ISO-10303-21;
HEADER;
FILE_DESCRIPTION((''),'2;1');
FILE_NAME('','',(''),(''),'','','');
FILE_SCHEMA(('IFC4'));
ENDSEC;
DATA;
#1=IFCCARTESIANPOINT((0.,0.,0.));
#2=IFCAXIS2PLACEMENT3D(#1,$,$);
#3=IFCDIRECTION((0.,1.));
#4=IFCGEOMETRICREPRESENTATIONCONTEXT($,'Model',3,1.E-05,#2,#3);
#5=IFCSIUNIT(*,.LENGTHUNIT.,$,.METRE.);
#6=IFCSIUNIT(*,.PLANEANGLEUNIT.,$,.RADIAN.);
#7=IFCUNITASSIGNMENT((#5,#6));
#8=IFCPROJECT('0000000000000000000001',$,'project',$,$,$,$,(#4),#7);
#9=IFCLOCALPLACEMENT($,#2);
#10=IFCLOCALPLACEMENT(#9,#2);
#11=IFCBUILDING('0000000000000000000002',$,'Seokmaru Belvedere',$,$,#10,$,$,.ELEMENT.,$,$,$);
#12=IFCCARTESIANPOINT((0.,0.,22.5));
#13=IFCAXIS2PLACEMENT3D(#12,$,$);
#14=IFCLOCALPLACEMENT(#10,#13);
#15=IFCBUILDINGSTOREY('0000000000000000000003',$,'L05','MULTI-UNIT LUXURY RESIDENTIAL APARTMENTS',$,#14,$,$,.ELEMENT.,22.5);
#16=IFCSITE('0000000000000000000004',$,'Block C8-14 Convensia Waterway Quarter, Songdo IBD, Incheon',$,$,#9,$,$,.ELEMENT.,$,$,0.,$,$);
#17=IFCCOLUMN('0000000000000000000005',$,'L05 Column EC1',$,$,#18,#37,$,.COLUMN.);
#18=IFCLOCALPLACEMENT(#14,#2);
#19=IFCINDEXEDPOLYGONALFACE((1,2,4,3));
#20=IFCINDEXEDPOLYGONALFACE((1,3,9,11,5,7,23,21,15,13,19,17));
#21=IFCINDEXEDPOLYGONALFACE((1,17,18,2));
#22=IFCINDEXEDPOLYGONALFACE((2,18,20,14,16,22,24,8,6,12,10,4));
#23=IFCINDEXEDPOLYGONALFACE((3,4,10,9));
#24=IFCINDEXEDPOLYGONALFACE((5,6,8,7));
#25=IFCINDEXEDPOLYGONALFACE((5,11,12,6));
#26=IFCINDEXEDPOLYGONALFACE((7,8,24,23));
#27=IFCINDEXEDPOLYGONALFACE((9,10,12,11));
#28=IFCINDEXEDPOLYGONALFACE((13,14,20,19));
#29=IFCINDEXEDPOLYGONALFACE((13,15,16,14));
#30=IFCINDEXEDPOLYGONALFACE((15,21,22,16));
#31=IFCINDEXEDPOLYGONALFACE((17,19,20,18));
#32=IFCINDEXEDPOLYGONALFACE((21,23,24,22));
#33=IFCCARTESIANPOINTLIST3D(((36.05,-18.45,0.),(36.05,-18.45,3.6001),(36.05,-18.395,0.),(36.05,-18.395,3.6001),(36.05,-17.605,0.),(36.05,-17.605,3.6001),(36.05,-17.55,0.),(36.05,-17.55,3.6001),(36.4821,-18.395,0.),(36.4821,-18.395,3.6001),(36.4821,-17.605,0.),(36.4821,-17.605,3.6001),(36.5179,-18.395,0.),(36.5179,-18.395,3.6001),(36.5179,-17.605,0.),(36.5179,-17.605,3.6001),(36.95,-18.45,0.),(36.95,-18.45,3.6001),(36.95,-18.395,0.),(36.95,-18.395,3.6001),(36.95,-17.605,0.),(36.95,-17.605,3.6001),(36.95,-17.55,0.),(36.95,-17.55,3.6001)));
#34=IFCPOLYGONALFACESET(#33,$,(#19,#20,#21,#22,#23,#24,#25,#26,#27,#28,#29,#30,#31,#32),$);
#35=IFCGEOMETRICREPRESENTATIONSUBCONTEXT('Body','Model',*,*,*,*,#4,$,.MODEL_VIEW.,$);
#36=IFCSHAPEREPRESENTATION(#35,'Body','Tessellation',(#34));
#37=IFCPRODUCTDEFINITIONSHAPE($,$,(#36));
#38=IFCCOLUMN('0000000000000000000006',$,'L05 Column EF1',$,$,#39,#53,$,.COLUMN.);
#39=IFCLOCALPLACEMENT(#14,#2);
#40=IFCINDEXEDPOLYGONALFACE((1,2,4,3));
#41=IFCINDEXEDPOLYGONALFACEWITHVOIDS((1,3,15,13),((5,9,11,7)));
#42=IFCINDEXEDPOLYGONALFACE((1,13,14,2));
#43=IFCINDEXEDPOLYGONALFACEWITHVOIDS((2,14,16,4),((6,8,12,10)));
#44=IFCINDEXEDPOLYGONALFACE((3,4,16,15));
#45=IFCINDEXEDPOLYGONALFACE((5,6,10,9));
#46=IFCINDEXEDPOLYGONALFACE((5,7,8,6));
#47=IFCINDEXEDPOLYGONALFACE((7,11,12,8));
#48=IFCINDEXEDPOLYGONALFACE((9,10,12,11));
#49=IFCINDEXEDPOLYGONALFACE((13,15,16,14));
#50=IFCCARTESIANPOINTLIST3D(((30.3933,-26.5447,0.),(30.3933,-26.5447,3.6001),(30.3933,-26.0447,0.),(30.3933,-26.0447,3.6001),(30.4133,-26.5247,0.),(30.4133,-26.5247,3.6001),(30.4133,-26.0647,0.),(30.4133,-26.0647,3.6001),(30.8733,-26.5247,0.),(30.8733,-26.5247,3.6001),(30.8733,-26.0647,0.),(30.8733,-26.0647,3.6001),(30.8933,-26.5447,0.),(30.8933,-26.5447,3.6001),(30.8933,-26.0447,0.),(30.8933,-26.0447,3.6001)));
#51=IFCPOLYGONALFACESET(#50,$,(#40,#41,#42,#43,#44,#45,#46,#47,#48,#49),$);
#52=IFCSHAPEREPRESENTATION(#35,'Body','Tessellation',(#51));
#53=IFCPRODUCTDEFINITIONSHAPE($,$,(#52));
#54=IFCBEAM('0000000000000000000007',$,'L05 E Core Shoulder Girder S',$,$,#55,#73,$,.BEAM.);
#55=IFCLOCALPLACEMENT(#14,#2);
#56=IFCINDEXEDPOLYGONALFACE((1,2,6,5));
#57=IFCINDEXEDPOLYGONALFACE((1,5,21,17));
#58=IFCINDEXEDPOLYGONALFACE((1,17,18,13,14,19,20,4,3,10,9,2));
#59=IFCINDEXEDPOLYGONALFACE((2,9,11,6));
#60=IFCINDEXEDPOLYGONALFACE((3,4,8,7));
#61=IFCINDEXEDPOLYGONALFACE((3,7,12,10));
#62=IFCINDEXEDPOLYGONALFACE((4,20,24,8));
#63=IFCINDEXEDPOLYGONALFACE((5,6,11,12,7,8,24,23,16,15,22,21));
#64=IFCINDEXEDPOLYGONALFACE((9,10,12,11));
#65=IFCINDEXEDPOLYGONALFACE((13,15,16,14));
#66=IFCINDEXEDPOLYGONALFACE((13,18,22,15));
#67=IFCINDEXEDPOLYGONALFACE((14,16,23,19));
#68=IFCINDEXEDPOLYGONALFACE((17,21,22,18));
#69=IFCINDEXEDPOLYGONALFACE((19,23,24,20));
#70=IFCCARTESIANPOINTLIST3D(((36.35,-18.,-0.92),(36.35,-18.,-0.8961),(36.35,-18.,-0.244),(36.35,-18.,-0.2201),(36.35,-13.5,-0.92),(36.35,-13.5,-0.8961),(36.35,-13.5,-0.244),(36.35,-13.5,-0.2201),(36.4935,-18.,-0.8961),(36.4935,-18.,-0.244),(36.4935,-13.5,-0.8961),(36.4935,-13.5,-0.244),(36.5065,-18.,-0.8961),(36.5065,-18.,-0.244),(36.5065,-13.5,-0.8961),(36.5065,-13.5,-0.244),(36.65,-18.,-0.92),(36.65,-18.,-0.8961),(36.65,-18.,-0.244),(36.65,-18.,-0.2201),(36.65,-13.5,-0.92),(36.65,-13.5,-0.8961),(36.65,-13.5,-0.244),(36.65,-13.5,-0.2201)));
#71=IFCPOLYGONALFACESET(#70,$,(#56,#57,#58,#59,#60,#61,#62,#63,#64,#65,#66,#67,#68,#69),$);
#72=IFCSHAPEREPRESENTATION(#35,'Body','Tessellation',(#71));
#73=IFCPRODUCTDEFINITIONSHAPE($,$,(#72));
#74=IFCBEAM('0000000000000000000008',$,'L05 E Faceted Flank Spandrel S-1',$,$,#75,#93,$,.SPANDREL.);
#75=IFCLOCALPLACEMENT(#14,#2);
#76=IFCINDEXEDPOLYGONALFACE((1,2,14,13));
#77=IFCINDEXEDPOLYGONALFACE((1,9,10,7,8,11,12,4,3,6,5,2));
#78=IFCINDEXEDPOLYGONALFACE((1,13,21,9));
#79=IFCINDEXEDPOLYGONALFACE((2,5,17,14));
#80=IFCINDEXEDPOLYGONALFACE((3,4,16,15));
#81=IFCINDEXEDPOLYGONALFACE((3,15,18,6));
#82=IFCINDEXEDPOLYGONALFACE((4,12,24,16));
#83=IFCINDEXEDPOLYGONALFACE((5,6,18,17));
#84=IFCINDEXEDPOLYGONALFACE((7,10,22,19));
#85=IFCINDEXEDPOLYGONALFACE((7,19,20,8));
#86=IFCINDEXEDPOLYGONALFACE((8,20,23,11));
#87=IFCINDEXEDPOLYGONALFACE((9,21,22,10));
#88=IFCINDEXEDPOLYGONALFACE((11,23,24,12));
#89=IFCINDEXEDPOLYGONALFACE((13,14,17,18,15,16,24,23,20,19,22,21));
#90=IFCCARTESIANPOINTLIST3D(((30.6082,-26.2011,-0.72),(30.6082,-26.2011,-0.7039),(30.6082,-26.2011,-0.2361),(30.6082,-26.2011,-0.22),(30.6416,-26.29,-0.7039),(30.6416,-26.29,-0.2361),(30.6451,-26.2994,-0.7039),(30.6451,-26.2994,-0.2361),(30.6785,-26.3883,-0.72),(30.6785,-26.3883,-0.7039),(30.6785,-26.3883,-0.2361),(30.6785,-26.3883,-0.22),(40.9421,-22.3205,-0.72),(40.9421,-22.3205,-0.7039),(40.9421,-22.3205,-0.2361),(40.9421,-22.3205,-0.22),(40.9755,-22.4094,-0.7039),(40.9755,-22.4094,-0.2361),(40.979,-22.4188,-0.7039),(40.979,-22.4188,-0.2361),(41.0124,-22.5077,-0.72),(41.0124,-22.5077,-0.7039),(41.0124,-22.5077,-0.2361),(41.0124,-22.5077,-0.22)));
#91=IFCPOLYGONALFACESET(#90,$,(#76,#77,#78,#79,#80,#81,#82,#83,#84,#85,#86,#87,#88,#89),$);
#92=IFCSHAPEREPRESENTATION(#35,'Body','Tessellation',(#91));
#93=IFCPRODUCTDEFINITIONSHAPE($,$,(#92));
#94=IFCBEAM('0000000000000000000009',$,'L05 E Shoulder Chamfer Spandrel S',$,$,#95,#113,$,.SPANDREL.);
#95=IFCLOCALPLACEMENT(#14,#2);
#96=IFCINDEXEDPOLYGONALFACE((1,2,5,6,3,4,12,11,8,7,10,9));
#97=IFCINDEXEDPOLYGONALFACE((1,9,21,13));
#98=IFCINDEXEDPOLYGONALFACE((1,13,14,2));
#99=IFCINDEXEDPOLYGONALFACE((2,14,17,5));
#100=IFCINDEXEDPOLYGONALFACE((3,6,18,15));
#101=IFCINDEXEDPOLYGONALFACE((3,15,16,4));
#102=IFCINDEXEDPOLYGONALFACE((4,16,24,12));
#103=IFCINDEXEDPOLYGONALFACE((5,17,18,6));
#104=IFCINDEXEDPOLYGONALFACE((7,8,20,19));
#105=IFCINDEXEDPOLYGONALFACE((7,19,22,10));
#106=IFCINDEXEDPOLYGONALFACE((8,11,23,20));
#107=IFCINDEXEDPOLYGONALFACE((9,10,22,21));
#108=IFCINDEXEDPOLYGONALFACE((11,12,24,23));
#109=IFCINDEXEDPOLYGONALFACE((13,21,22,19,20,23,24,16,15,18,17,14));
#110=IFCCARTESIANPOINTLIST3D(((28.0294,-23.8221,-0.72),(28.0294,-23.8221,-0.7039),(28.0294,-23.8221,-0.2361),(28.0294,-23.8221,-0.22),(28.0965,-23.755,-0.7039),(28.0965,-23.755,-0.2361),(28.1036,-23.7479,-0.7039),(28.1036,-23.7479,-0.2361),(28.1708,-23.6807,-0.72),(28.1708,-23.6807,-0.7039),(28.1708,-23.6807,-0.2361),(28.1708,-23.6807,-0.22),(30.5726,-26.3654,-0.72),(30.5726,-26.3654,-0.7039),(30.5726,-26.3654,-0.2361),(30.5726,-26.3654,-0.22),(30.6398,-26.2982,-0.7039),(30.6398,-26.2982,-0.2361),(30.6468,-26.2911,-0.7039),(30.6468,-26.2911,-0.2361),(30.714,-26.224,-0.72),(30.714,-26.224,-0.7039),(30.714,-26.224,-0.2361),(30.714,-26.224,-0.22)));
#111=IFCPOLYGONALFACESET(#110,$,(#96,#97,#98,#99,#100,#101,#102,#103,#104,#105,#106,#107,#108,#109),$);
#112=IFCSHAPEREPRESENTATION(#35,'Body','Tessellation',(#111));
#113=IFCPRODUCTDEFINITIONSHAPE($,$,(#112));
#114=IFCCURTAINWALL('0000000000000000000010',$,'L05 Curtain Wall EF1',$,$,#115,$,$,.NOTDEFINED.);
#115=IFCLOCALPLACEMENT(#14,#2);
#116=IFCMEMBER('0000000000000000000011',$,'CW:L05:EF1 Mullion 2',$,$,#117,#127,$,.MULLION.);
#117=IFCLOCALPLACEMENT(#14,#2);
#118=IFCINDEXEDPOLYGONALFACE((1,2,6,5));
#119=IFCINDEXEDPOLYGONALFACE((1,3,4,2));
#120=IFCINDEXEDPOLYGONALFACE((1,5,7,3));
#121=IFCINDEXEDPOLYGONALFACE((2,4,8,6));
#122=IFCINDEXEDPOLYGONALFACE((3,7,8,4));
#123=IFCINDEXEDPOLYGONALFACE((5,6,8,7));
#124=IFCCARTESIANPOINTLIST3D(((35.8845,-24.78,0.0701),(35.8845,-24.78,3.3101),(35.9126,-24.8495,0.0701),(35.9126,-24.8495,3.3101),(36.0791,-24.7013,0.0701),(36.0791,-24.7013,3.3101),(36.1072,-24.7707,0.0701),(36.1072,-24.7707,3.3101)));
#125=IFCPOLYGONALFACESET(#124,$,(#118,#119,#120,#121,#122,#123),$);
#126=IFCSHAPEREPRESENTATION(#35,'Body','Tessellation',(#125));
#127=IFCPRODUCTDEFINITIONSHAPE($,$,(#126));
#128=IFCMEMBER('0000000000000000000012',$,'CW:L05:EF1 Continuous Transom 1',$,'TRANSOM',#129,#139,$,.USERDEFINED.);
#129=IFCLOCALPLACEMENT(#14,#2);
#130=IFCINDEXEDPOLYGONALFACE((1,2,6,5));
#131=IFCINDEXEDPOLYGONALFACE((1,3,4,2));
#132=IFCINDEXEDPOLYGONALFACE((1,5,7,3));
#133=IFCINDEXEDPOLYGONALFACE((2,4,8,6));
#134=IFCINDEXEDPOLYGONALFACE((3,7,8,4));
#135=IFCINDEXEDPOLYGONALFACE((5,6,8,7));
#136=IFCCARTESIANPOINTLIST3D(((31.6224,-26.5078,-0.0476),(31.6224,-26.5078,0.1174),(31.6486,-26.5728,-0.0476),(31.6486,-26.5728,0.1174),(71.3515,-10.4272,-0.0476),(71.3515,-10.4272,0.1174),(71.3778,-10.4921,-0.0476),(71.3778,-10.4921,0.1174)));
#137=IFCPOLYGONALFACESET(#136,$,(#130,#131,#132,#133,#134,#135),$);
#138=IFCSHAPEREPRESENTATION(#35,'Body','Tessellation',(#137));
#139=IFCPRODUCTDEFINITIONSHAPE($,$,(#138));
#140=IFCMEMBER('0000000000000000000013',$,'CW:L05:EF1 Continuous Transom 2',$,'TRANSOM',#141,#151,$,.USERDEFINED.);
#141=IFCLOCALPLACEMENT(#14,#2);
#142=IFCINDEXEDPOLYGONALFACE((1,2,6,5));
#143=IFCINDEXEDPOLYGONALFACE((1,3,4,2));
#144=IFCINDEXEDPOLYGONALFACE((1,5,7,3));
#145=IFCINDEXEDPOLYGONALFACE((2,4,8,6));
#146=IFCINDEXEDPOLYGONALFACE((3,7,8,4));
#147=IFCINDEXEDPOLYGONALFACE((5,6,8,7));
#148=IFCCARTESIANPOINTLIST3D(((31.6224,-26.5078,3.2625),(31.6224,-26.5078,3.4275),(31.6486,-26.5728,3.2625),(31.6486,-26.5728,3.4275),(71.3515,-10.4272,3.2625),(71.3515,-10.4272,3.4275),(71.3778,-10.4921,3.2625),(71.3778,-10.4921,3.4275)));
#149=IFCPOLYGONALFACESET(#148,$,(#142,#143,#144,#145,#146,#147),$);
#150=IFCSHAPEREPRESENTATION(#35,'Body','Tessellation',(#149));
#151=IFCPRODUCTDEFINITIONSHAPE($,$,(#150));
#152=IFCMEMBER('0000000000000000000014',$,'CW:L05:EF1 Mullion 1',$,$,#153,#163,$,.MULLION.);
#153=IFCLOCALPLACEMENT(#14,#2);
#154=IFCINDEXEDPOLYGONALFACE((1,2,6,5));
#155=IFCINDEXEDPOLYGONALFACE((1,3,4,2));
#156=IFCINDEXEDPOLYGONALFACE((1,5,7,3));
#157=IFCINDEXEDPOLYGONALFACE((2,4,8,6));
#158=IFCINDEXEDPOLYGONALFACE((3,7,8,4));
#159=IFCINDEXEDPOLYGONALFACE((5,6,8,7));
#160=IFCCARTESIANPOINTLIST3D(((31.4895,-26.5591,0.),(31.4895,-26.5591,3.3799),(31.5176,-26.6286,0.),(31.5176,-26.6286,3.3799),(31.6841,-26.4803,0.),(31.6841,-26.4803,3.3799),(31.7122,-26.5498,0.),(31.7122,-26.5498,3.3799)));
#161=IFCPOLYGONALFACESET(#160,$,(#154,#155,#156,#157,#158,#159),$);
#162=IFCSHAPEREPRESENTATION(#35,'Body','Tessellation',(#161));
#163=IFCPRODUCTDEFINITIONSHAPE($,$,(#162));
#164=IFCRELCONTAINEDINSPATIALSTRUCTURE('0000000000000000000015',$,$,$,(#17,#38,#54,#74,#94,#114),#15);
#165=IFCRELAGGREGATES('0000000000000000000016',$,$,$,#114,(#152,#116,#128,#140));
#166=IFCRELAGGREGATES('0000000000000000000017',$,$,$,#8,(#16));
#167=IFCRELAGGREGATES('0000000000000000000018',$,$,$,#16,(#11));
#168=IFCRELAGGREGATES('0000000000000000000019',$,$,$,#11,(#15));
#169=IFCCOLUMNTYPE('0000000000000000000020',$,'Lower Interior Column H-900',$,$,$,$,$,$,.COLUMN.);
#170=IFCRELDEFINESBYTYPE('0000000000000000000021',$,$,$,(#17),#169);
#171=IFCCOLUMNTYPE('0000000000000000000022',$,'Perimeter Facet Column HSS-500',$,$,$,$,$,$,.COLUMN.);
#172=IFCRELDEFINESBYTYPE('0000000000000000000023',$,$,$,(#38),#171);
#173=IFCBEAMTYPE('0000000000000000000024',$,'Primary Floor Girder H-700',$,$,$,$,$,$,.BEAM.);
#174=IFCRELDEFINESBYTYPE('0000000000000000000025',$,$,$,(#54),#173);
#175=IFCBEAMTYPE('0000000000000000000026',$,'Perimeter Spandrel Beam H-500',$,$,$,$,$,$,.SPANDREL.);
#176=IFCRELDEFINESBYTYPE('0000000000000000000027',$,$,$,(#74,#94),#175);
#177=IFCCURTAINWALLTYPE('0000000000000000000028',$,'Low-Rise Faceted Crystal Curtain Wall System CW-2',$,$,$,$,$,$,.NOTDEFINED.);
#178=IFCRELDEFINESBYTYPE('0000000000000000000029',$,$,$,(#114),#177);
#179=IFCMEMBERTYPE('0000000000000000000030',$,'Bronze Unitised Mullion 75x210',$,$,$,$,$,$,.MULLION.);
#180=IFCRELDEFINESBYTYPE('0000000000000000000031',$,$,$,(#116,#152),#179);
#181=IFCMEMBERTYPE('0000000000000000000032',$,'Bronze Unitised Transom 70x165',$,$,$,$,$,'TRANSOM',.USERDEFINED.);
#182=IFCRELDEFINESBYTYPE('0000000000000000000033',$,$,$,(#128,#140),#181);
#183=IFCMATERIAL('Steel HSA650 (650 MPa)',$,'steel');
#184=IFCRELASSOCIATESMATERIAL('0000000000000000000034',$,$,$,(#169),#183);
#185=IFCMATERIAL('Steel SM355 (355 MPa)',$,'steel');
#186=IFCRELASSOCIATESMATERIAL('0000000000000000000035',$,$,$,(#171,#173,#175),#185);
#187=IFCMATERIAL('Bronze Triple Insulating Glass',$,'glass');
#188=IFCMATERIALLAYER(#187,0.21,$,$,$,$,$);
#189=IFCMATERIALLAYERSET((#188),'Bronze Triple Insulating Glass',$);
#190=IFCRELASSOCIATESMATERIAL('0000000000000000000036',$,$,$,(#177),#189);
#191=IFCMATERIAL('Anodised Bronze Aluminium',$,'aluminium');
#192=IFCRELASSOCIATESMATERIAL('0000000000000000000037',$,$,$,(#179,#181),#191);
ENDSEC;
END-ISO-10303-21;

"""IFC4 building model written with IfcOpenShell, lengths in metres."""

from ifc_helpers import new_model, si_unit, direction, frame, origin, origin_2d, place, context, subcontext, project, spatial, rectangle, hollow_rectangle, i_section, extrude, source, transform, mapped, material, layer, layer_set, material_profile, profile_set, type_object, type_shapes, element, aggregate, save


model = new_model("IFC4")

# Units and contexts
model_context = context("Model", 3, precision=1e-05, world=origin(), true_north=direction((0.0, 1.0)))
body_context = subcontext(model_context, "Body", "Model", "MODEL_VIEW")
ifc_project = project(units=[si_unit("LENGTHUNIT", "METRE"), si_unit("PLANEANGLEUNIT", "RADIAN")], contexts=[model_context])

# Site, building, storey
site_placement = place(None, origin())
site = spatial("IfcSite", under=ifc_project, at=site_placement, Name="Block C8-14 Convensia Waterway Quarter, Songdo IBD, Incheon", CompositionType="ELEMENT", RefElevation=0.0)
building_placement = place(site_placement, origin())
building = spatial("IfcBuilding", under=site, at=building_placement, Name="Seokmaru Belvedere", CompositionType="ELEMENT")
storey_placement = place(building_placement, frame((0.0, 0.0, 22.5)))
storey = spatial("IfcBuildingStorey", under=building, at=storey_placement, Name="L05", Description="MULTI-UNIT LUXURY RESIDENTIAL APARTMENTS", CompositionType="ELEMENT", Elevation=22.5)

# Columns
ifc_material_1 = material(Name="Steel HSA650 (650 MPa)", Category="steel")
ifc_material_profile_1 = material_profile(ifc_material_1, i_section(OverallWidth=0.8999, OverallDepth=0.8999, WebThickness=0.0359, FlangeThickness=0.0549, at=origin_2d()), Name="H-900x900x36x55")
ifc_profile_set_1 = profile_set([ifc_material_profile_1], Name="Steel HSA650 (650 MPa)")
column_type_1 = type_object("IfcColumnType", Name="Lower Interior Column H-900", PredefinedType="COLUMN", material=ifc_profile_set_1)
shared_shape_1 = source(origin(), body_context, "Body", "SweptSolid", [
    extrude(i_section(OverallWidth=0.8999, OverallDepth=0.8999, WebThickness=0.0359, FlangeThickness=0.0549, at=origin_2d()), origin(), (0.0, 0.0, 1.0), 3.6001),
])
type_shapes(column_type_1, [shared_shape_1])
column_1_placement = place(storey_placement, frame((36.5, -18.0, 0.0), z_axis=(0.0, 0.0, 1.0), x_axis=(1.0, 0.0, 0.0)))
element("IfcColumn", 1, at=column_1_placement, inside=storey, type_object=column_type_1, Name="L05 Column EC1", PredefinedType="COLUMN", context=body_context, shape_type="MappedRepresentation", body=[
    mapped(shared_shape_1, transform((0.0, 0.0, 0.0), scale=1.0)),
])
ifc_material_2 = material(Name="Steel SM355 (355 MPa)", Category="steel")
ifc_material_profile_2 = material_profile(ifc_material_2, hollow_rectangle(XDim=0.5, YDim=0.5, WallThickness=0.02, at=origin_2d()), Name="HSS-500x500x20")
ifc_profile_set_2 = profile_set([ifc_material_profile_2], Name="Steel SM355 (355 MPa)")
column_type_2 = type_object("IfcColumnType", Name="Perimeter Facet Column HSS-500", PredefinedType="COLUMN", material=ifc_profile_set_2)
shared_shape_2 = source(origin(), body_context, "Body", "SweptSolid", [
    extrude(hollow_rectangle(XDim=0.5, YDim=0.5, WallThickness=0.02, at=origin_2d()), origin(), (0.0, 0.0, 1.0), 3.6001),
])
type_shapes(column_type_2, [shared_shape_2])
column_2_placement = place(storey_placement, frame((30.6433, -26.2947, 0.0), z_axis=(0.0, 0.0, 1.0), x_axis=(1.0, 0.0, 0.0)))
element("IfcColumn", 2, at=column_2_placement, inside=storey, type_object=column_type_2, Name="L05 Column EF1", PredefinedType="COLUMN", context=body_context, shape_type="MappedRepresentation", body=[
    mapped(shared_shape_2, transform((0.0, 0.0, 0.0), scale=1.0)),
])

# Beams
ifc_material_profile_3 = material_profile(ifc_material_2, i_section(OverallWidth=0.3, OverallDepth=0.7, WebThickness=0.0129, FlangeThickness=0.0239, at=origin_2d()), Name="H-700x300x13x24")
ifc_profile_set_3 = profile_set([ifc_material_profile_3], Name="Steel SM355 (355 MPa)")
beam_type_1 = type_object("IfcBeamType", Name="Primary Floor Girder H-700", PredefinedType="BEAM", material=ifc_profile_set_3)
shared_shape_3 = source(origin(), body_context, "Body", "SweptSolid", [
    extrude(i_section(OverallWidth=0.3, OverallDepth=0.7, WebThickness=0.0129, FlangeThickness=0.0239, at=origin_2d()), origin(), (0.0, 0.0, 1.0), 4.5),
])
type_shapes(beam_type_1, [shared_shape_3])
beam_1_placement = place(storey_placement, frame((36.5, -18.0, -0.5701), z_axis=(0.0, 1.0, 0.0), x_axis=(-1.0, 0.0, 0.0)))
element("IfcBeam", 3, at=beam_1_placement, inside=storey, type_object=beam_type_1, Name="L05 E Core Shoulder Girder S", PredefinedType="BEAM", context=body_context, shape_type="MappedRepresentation", body=[
    mapped(shared_shape_3, transform((0.0, 0.0, 0.0), scale=1.0)),
])
ifc_material_profile_4 = material_profile(ifc_material_2, i_section(OverallWidth=0.2, OverallDepth=0.5, WebThickness=0.01, FlangeThickness=0.0161, at=origin_2d()), Name="H-500x200x10x16")
ifc_profile_set_4 = profile_set([ifc_material_profile_4], Name="Steel SM355 (355 MPa)")
beam_type_2 = type_object("IfcBeamType", Name="Perimeter Spandrel Beam H-500", PredefinedType="SPANDREL", material=ifc_profile_set_4)
shared_shape_4 = source(origin(), body_context, "Body", "SweptSolid", [
    extrude(i_section(OverallWidth=0.2, OverallDepth=0.5, WebThickness=0.01, FlangeThickness=0.0161, at=origin_2d()), origin(), (0.0, 0.0, 1.0), 11.0386),
])
beam_2_placement = place(storey_placement, frame((30.6433, -26.2947, -0.47), z_axis=(0.936169, 0.35155, 0.0), x_axis=(-0.35155, 0.936169, 0.0)))
element("IfcBeam", 4, at=beam_2_placement, inside=storey, type_object=beam_type_2, Name="L05 E Faceted Flank Spandrel S-1", PredefinedType="SPANDREL", context=body_context, shape_type="MappedRepresentation", body=[
    mapped(shared_shape_4, transform((0.0, 0.0, 0.0), scale=1.0)),
])
shared_shape_5 = source(origin(), body_context, "Body", "SweptSolid", [
    extrude(i_section(OverallWidth=0.2, OverallDepth=0.5, WebThickness=0.01, FlangeThickness=0.0161, at=origin_2d()), origin(), (0.0, 0.0, 1.0), 3.5967),
])
type_shapes(beam_type_2, [shared_shape_4, shared_shape_5])
beam_3_placement = place(storey_placement, frame((30.6433, -26.2947, -0.47), z_axis=(-0.707107, 0.707107, 0.0), x_axis=(-0.707107, -0.707107, 0.0)))
element("IfcBeam", 5, at=beam_3_placement, inside=storey, type_object=beam_type_2, Name="L05 E Shoulder Chamfer Spandrel S", PredefinedType="SPANDREL", context=body_context, shape_type="MappedRepresentation", body=[
    mapped(shared_shape_5, transform((0.0, 0.0, 0.0), scale=1.0)),
])

# Curtain wall, members
ifc_material_3 = material(Name="Bronze Triple Insulating Glass", Category="glass")
ifc_layer_1 = layer(ifc_material_3, 0.21)
ifc_layer_set_1 = layer_set([ifc_layer_1], Name="Bronze Triple Insulating Glass")
curtain_wall_type = type_object("IfcCurtainWallType", Name="Low-Rise Faceted Crystal Curtain Wall System CW-2", PredefinedType="NOTDEFINED", material=ifc_layer_set_1)
curtain_wall_placement = place(storey_placement, origin())
curtain_wall = element("IfcCurtainWall", 6, at=curtain_wall_placement, inside=storey, type_object=curtain_wall_type, Name="L05 Curtain Wall EF1", PredefinedType="NOTDEFINED")
ifc_material_4 = material(Name="Anodised Bronze Aluminium", Category="aluminium")
ifc_material_profile_5 = material_profile(ifc_material_4, rectangle(XDim=0.075, YDim=0.21, at=origin_2d()), Name="CW-M-75x210")
ifc_profile_set_5 = profile_set([ifc_material_profile_5], Name="Anodised Bronze Aluminium")
member_type_1 = type_object("IfcMemberType", Name="Bronze Unitised Mullion 75x210", PredefinedType="MULLION", material=ifc_profile_set_5)
shared_shape_6 = source(origin(), body_context, "Body", "SweptSolid", [
    extrude(rectangle(XDim=0.075, YDim=0.21, at=origin_2d()), origin(), (0.0, 0.0, 1.0), 3.24),
])
member_1_placement = place(storey_placement, frame((35.9958, -24.7754, 0.0701), z_axis=(0.0, 0.0, 1.0), x_axis=(-0.375192, 0.926947, 0.0)))
member_1 = element("IfcMember", 7, at=member_1_placement, type_object=member_type_1, Name="CW:L05:EF1 Mullion 2", PredefinedType="MULLION", context=body_context, shape_type="MappedRepresentation", body=[
    mapped(shared_shape_6, transform((0.0, 0.0, 0.0), scale=1.0)),
])
ifc_material_profile_6 = material_profile(ifc_material_4, rectangle(XDim=0.0701, YDim=0.165, at=origin_2d()), Name="CW-T-70x165")
ifc_profile_set_6 = profile_set([ifc_material_profile_6], Name="Anodised Bronze Aluminium")
member_type_2 = type_object("IfcMemberType", Name="Bronze Unitised Transom 70x165", ElementType="TRANSOM", PredefinedType="USERDEFINED", material=ifc_profile_set_6)
shared_shape_7 = source(origin(), body_context, "Body", "SweptSolid", [
    extrude(rectangle(XDim=0.0701, YDim=0.165, at=origin_2d()), origin(), (0.0, 0.0, 1.0), 42.8601),
])
type_shapes(member_type_2, [shared_shape_7])
member_2_placement = place(storey_placement, frame((31.6355, -26.5403, 0.0349), z_axis=(0.926949, 0.375188, 0.0), x_axis=(-0.375188, 0.926949, 0.0)))
member_2 = element("IfcMember", 8, at=member_2_placement, type_object=member_type_2, Name="CW:L05:EF1 Continuous Transom 1", ObjectType="TRANSOM", PredefinedType="USERDEFINED", context=body_context, shape_type="MappedRepresentation", body=[
    mapped(shared_shape_7, transform((0.0, 0.0, 0.0), scale=1.0)),
])
member_3_placement = place(storey_placement, frame((31.6355, -26.5403, 3.345), z_axis=(0.926949, 0.375188, 0.0), x_axis=(-0.375188, 0.926949, 0.0)))
member_3 = element("IfcMember", 9, at=member_3_placement, type_object=member_type_2, Name="CW:L05:EF1 Continuous Transom 2", ObjectType="TRANSOM", PredefinedType="USERDEFINED", context=body_context, shape_type="MappedRepresentation", body=[
    mapped(shared_shape_7, transform((0.0, 0.0, 0.0), scale=1.0)),
])
shared_shape_8 = source(origin(), body_context, "Body", "SweptSolid", [
    extrude(rectangle(XDim=0.075, YDim=0.21, at=origin_2d()), origin(), (0.0, 0.0, 1.0), 3.3799),
])
type_shapes(member_type_1, [shared_shape_6, shared_shape_8])
member_4_placement = place(storey_placement, frame((31.6008, -26.5544, 0.0), z_axis=(0.0, 0.0, 1.0), x_axis=(-0.375192, 0.926947, 0.0)))
member_4 = element("IfcMember", 10, at=member_4_placement, type_object=member_type_1, Name="CW:L05:EF1 Mullion 1", PredefinedType="MULLION", context=body_context, shape_type="MappedRepresentation", body=[
    mapped(shared_shape_8, transform((0.0, 0.0, 0.0), scale=1.0)),
])

aggregate(curtain_wall, [member_4, member_1, member_2, member_3])

save(model, "model.ifc")
